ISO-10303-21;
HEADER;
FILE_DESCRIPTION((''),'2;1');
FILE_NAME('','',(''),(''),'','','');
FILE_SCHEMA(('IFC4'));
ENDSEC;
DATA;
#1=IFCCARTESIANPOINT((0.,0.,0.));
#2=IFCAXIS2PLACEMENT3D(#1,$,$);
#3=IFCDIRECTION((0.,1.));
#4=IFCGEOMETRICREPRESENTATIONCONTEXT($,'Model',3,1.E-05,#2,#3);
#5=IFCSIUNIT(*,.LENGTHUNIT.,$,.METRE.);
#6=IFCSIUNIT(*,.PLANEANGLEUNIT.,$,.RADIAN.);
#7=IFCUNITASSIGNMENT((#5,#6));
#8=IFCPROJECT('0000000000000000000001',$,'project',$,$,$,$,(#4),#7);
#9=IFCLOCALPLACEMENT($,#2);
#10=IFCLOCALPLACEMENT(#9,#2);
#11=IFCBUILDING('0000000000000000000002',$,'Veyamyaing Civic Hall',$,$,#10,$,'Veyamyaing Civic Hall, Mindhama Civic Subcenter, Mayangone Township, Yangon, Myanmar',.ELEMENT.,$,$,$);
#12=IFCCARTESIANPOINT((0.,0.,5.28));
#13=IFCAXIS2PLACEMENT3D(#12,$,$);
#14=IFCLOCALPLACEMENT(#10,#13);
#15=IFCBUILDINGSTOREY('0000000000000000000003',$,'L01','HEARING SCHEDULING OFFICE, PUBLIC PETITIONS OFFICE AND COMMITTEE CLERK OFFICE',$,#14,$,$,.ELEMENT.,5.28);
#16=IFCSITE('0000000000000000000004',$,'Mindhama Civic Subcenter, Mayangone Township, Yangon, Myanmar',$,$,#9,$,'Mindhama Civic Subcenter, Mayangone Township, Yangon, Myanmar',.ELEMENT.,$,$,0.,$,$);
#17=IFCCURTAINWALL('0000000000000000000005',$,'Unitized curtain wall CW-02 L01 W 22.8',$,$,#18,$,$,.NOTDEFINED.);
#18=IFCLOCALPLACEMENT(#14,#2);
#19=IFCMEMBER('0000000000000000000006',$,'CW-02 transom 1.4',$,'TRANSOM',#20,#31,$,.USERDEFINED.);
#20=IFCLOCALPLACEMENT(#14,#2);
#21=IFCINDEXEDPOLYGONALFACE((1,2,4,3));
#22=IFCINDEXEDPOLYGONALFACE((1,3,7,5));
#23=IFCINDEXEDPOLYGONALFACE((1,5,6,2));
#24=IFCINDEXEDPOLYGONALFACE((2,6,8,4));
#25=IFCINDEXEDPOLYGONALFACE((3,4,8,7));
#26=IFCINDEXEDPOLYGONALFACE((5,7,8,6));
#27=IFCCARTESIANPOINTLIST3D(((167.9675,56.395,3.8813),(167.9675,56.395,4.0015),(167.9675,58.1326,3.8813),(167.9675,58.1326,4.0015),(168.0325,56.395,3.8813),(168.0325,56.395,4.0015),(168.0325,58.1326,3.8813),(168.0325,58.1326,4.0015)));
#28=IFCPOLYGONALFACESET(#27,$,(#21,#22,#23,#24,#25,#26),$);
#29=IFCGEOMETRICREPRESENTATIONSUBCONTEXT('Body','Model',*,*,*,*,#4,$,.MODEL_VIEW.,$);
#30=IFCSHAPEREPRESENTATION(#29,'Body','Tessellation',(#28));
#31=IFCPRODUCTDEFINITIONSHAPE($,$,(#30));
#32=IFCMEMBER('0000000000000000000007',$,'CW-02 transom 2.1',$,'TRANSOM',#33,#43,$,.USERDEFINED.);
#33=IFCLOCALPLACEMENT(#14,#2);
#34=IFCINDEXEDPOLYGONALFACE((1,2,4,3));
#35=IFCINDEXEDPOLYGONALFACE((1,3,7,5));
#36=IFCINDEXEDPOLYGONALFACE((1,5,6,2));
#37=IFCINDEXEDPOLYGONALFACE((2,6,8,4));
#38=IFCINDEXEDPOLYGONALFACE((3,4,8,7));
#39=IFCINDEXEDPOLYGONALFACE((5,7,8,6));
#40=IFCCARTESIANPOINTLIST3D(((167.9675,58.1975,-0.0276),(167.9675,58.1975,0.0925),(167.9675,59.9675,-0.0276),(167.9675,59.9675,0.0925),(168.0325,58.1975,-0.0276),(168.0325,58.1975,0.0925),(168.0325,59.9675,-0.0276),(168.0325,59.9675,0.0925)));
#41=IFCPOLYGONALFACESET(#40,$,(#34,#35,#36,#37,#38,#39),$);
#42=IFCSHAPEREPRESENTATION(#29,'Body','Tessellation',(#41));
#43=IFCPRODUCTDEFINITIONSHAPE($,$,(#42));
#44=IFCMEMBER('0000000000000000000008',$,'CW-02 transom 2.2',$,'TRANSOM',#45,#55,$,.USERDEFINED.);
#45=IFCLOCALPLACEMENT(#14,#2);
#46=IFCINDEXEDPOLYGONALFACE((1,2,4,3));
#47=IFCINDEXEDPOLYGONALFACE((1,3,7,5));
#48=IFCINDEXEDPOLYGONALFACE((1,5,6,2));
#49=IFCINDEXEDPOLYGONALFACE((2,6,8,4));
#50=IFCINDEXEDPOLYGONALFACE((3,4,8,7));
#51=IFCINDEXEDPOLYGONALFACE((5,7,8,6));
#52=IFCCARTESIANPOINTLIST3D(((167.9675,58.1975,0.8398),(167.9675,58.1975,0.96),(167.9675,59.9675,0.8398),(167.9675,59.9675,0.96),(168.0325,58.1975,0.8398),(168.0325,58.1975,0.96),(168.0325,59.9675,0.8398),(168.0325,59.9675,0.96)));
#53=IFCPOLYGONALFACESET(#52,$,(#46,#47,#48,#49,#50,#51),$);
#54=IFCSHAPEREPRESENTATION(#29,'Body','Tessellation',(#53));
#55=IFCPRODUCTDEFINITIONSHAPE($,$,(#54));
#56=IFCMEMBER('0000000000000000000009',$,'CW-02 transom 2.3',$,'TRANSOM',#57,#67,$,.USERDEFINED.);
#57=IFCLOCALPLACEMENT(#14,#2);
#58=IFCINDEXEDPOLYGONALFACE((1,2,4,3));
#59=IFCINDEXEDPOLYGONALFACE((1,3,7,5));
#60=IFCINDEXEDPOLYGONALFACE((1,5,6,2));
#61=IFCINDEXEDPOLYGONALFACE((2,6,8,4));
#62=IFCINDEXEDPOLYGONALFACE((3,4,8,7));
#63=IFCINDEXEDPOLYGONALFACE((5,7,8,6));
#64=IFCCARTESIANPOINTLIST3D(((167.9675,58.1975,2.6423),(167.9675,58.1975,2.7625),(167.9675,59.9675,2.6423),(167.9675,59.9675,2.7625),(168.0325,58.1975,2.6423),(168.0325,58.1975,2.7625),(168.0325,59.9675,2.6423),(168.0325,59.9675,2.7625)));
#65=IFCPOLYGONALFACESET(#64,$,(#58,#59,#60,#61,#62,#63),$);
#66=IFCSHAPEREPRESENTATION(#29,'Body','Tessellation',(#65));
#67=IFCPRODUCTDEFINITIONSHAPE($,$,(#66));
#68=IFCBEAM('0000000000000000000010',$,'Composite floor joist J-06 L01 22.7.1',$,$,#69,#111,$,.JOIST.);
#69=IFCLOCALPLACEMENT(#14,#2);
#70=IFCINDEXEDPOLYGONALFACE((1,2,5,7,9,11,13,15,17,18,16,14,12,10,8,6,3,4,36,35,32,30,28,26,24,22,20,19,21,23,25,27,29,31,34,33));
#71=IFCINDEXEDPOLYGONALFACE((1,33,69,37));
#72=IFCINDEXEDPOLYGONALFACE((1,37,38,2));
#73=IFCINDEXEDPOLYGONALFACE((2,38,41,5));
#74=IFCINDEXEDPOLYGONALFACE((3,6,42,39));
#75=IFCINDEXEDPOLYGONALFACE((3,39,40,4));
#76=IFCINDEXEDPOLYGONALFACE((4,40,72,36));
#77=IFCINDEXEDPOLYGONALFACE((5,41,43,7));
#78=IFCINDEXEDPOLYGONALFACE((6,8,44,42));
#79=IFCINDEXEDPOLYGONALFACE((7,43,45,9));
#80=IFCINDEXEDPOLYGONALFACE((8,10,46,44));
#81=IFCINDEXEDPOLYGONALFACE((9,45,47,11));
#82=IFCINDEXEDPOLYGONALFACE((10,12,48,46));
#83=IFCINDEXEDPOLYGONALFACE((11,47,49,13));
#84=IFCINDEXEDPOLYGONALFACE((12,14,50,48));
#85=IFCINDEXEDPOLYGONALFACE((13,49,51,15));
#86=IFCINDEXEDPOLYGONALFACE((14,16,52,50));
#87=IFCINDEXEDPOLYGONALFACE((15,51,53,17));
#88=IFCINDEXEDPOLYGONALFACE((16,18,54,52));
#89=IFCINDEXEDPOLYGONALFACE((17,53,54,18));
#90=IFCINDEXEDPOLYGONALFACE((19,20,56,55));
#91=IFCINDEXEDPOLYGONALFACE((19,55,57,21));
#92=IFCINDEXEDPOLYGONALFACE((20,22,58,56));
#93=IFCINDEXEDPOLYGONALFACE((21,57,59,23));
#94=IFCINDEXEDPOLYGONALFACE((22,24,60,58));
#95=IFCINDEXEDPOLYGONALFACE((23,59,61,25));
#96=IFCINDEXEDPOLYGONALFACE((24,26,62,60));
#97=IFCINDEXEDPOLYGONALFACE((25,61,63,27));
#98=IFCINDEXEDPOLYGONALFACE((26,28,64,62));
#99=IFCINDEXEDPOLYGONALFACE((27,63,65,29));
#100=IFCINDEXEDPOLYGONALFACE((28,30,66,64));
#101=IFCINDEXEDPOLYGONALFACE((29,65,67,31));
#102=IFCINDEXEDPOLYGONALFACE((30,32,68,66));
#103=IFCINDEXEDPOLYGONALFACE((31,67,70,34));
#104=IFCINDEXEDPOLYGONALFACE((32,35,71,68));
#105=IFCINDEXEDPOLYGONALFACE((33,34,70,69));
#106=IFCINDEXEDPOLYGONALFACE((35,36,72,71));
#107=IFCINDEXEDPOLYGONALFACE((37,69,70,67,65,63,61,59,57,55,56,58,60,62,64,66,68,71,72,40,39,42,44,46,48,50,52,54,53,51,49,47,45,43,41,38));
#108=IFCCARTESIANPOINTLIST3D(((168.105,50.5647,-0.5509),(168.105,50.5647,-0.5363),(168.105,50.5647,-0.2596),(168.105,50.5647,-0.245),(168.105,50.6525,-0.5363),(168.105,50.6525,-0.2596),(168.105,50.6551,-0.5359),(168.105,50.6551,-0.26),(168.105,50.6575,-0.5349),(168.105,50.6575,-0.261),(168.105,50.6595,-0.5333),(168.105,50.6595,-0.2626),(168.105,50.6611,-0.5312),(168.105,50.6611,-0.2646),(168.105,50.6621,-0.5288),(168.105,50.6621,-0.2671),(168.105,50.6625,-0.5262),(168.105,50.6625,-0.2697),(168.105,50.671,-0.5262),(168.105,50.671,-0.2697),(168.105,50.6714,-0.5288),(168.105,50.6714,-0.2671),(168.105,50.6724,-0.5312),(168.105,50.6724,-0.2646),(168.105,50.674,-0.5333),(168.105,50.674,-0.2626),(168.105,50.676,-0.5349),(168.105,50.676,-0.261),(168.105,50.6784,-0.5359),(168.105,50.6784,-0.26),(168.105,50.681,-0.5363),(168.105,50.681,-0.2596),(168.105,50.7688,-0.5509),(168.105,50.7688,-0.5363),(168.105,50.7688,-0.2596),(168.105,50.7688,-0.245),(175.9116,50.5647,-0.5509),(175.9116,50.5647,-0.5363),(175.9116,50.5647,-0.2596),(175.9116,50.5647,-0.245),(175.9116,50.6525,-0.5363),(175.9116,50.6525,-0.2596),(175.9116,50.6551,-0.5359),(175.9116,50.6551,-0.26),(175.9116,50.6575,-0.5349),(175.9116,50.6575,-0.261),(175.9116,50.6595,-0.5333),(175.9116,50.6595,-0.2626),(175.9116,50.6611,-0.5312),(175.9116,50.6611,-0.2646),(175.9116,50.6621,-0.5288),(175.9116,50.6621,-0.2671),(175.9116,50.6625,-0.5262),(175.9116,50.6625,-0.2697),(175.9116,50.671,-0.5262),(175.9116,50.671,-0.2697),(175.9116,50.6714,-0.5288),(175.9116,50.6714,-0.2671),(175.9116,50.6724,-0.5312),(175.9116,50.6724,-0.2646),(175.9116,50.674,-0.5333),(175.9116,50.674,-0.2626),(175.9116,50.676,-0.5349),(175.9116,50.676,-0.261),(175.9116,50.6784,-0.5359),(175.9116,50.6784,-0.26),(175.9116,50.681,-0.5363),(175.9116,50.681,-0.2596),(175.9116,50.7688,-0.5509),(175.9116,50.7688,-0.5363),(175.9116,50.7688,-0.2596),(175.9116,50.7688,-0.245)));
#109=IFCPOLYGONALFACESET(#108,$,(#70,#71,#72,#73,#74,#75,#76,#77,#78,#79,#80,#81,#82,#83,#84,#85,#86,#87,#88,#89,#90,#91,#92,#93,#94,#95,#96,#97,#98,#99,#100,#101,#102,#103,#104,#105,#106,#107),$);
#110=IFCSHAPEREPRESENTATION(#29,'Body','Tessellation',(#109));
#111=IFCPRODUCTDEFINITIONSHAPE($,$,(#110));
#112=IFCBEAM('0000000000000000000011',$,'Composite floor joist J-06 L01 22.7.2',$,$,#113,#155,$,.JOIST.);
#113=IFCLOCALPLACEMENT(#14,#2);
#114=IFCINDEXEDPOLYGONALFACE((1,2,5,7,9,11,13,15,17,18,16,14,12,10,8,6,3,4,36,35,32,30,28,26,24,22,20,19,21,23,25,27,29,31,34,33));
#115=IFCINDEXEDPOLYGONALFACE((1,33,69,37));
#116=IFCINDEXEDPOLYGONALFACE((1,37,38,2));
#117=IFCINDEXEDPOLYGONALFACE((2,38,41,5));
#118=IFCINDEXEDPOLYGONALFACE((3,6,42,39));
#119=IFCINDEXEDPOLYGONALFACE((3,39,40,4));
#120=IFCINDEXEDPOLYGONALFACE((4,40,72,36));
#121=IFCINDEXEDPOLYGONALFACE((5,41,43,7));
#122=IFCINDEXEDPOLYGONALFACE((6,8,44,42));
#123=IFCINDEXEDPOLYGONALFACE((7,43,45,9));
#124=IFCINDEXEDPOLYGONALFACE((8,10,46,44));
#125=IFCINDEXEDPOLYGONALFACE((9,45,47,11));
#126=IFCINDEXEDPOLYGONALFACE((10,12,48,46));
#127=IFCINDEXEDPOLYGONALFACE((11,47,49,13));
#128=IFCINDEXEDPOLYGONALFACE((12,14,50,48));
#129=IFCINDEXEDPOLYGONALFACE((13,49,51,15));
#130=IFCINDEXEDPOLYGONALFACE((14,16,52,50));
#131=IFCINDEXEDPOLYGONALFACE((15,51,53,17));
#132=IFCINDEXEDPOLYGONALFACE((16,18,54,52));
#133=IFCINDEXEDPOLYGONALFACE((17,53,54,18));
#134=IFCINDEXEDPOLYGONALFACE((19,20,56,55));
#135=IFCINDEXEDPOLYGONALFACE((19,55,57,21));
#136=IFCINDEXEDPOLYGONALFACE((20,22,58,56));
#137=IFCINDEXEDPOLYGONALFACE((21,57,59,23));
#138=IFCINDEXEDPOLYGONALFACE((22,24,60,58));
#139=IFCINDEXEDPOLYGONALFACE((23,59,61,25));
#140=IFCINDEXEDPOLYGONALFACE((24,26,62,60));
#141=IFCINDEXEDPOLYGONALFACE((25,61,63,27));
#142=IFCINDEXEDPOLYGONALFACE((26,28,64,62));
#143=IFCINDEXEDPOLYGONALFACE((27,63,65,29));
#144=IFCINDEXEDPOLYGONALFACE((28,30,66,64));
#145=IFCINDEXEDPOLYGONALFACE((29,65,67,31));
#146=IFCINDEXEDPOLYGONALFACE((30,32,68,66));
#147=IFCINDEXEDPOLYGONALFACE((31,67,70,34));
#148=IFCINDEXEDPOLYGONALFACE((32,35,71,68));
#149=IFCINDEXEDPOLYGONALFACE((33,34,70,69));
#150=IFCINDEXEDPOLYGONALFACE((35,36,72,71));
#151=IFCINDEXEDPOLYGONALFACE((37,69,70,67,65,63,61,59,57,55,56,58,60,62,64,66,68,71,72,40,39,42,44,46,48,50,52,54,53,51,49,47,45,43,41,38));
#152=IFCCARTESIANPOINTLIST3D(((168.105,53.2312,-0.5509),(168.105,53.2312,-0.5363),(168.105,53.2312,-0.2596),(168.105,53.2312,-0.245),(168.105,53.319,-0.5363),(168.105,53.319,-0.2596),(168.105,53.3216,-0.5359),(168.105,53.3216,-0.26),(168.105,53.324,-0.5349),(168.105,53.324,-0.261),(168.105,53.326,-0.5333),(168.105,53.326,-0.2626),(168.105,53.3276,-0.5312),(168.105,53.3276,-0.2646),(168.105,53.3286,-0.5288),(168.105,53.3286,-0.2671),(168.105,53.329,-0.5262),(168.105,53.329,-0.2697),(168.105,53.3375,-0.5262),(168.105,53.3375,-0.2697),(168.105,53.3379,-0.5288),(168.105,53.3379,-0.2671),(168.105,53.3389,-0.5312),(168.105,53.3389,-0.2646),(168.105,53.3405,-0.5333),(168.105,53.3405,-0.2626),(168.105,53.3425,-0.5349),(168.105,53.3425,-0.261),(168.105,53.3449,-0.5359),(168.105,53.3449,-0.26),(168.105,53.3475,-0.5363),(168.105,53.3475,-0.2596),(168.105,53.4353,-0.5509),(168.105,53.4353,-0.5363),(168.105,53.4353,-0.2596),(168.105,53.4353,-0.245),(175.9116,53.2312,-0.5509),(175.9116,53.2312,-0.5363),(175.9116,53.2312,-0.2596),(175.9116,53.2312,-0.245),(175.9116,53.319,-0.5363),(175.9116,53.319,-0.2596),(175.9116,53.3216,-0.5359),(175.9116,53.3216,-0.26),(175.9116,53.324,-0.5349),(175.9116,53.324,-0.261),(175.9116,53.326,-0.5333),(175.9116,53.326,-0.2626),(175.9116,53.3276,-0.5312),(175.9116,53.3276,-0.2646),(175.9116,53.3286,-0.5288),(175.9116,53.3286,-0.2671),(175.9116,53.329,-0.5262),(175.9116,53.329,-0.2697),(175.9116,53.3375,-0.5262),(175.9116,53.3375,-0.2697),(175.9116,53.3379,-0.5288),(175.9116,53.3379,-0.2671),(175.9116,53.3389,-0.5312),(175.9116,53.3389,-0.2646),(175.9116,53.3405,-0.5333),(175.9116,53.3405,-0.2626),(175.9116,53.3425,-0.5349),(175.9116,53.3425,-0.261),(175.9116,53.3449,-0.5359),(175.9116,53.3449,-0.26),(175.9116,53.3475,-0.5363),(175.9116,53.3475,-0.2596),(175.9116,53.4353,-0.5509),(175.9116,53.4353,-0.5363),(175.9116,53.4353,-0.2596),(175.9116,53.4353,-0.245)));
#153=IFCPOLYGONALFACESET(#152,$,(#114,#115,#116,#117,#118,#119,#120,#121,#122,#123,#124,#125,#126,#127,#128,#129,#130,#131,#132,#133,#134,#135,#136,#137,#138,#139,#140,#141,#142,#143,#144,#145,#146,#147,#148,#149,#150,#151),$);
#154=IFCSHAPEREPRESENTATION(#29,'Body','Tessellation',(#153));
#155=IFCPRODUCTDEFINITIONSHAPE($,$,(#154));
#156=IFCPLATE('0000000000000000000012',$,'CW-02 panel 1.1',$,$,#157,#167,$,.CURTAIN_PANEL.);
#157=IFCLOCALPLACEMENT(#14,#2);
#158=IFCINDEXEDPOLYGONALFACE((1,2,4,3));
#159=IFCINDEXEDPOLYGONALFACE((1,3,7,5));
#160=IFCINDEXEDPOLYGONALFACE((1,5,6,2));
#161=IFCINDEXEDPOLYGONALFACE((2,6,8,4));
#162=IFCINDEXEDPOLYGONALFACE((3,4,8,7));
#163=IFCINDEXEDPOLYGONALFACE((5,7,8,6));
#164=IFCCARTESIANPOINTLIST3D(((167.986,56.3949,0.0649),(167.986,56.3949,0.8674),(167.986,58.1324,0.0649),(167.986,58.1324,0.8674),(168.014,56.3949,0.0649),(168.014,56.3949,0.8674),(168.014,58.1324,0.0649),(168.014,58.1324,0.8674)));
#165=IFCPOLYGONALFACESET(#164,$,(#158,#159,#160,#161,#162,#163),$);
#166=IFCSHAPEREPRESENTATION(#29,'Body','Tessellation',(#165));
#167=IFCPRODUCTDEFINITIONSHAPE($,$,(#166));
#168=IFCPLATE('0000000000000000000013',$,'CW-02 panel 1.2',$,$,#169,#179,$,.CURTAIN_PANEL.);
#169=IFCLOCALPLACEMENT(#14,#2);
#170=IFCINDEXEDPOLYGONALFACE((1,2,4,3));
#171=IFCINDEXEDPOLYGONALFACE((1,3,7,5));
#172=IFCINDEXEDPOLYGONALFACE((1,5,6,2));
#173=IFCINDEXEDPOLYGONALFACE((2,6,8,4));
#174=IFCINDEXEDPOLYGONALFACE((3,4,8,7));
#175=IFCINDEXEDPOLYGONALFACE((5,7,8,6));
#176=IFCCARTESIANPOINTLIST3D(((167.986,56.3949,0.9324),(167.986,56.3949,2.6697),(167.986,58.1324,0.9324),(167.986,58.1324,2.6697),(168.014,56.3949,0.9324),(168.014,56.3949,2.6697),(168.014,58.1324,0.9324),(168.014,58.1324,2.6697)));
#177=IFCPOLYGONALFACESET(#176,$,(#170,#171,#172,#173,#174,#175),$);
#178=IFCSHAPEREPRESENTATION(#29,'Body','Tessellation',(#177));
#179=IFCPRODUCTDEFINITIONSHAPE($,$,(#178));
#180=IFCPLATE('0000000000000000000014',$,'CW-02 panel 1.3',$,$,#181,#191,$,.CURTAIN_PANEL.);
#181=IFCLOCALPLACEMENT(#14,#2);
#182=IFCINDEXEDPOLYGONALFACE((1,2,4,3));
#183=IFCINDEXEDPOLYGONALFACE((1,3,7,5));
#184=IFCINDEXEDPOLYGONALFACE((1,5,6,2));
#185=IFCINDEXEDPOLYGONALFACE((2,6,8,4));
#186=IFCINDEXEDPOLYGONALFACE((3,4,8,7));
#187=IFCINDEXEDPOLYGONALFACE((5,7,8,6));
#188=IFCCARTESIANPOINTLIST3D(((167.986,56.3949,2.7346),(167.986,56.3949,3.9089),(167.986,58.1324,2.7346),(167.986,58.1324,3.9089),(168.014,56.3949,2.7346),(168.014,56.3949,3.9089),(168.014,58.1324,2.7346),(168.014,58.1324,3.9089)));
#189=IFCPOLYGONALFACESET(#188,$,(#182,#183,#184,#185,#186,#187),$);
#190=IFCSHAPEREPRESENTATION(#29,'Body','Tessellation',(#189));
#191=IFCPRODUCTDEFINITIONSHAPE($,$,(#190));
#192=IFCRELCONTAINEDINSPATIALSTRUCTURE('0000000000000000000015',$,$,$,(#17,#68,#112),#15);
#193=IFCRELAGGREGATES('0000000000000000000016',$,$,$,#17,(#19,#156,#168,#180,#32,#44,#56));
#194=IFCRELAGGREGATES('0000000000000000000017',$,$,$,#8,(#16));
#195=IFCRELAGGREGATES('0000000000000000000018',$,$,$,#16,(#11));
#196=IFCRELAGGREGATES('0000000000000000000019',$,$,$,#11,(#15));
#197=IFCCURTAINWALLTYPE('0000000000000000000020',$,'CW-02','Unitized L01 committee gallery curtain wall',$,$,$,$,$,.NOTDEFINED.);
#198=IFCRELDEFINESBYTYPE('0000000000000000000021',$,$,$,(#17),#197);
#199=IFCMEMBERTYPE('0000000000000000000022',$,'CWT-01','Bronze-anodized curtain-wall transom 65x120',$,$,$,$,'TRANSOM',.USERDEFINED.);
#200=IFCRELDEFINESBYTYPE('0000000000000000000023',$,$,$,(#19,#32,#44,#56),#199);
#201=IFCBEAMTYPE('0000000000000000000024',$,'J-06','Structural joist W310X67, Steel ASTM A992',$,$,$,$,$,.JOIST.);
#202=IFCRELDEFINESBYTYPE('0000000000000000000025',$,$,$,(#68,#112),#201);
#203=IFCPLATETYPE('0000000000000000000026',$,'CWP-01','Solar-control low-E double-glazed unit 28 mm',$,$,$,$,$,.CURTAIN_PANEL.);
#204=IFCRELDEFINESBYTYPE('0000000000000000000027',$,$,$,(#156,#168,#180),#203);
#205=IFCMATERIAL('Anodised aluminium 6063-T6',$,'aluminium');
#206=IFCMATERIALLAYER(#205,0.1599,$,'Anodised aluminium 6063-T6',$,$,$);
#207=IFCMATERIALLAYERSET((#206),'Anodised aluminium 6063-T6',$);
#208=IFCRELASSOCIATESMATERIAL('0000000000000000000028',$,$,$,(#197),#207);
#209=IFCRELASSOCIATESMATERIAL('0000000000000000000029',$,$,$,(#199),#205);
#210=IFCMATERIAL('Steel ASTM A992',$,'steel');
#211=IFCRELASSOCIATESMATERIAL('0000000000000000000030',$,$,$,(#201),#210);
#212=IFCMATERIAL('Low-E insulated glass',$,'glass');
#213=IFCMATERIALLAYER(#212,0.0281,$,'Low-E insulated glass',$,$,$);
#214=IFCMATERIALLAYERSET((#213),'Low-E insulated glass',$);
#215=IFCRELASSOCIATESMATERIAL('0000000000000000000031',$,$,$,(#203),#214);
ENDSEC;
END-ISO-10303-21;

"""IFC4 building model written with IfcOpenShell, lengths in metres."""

from ifc_helpers import new_model, si_unit, direction, frame, origin, origin_2d, place, context, subcontext, project, spatial, rectangle, i_section, extrude, material, layer, layer_set, material_profile, profile_set, type_object, element, aggregate, save


model = new_model("IFC4")

# Units and contexts
model_context = context("Model", 3, precision=1e-05, world=origin(), true_north=direction((0.0, 1.0)))
body_context = subcontext(model_context, "Body", "Model", "MODEL_VIEW")
ifc_project = project(units=[si_unit("LENGTHUNIT", "METRE"), si_unit("PLANEANGLEUNIT", "RADIAN")], contexts=[model_context])

# Site, building, storey
site_placement = place(None, origin())
site = spatial("IfcSite", under=ifc_project, at=site_placement, Name="Mindhama Civic Subcenter, Mayangone Township, Yangon, Myanmar", LongName="Mindhama Civic Subcenter, Mayangone Township, Yangon, Myanmar", CompositionType="ELEMENT", RefElevation=0.0)
building_placement = place(site_placement, origin())
building = spatial("IfcBuilding", under=site, at=building_placement, Name="Veyamyaing Civic Hall", LongName="Veyamyaing Civic Hall, Mindhama Civic Subcenter, Mayangone Township, Yangon, Myanmar", CompositionType="ELEMENT")
storey_placement = place(building_placement, frame((0.0, 0.0, 5.28)))
storey = spatial("IfcBuildingStorey", under=building, at=storey_placement, Name="L01", Description="HEARING SCHEDULING OFFICE, PUBLIC PETITIONS OFFICE AND COMMITTEE CLERK OFFICE", CompositionType="ELEMENT", Elevation=5.28)

# Shared definitions
ifc_material_1 = material(Name="Steel ASTM A992", Category="steel")

# Curtain wall, members
ifc_material_2 = material(Name="Anodised aluminium 6063-T6", Category="aluminium")
ifc_layer_1 = layer(ifc_material_2, 0.1599, Name="Anodised aluminium 6063-T6")
ifc_layer_set_1 = layer_set([ifc_layer_1], Name="Anodised aluminium 6063-T6")
curtain_wall_type = type_object("IfcCurtainWallType", Name="CW-02", Description="Unitized L01 committee gallery curtain wall", PredefinedType="NOTDEFINED", material=ifc_layer_set_1)
curtain_wall_placement = place(storey_placement, origin())
curtain_wall = element("IfcCurtainWall", 1, at=curtain_wall_placement, inside=storey, type_object=curtain_wall_type, Name="Unitized curtain wall CW-02 L01 W 22.8", PredefinedType="NOTDEFINED")
ifc_material_profile_1 = material_profile(ifc_material_2, rectangle(XDim=0.0649, YDim=0.1201, at=origin_2d()), Name="ALU-TRN-65X120")
ifc_profile_set_1 = profile_set([ifc_material_profile_1], Name="Anodised aluminium 6063-T6")
member_type_1 = type_object("IfcMemberType", Name="CWT-01", Description="Bronze-anodized curtain-wall transom 65x120", ElementType="TRANSOM", PredefinedType="USERDEFINED", material=ifc_profile_set_1)
member_1_placement = place(storey_placement, frame((168.0, 56.395, 3.9414), z_axis=(0.0, 1.0, 0.0), x_axis=(-1.0, 0.0, 0.0)))
member_1 = element("IfcMember", 2, at=member_1_placement, type_object=member_type_1, Name="CW-02 transom 1.4", ObjectType="TRANSOM", PredefinedType="USERDEFINED", context=body_context, shape_type="SweptSolid", body=[
    extrude(rectangle(XDim=0.0649, YDim=0.1201, at=origin_2d()), origin(), (0.0, 0.0, 1.0), 1.7375),
])
member_2_placement = place(storey_placement, frame((168.0, 58.1975, 0.0325), z_axis=(0.0, 1.0, 0.0), x_axis=(-1.0, 0.0, 0.0)))
member_2 = element("IfcMember", 3, at=member_2_placement, type_object=member_type_1, Name="CW-02 transom 2.1", ObjectType="TRANSOM", PredefinedType="USERDEFINED", context=body_context, shape_type="SweptSolid", body=[
    extrude(rectangle(XDim=0.0649, YDim=0.1201, at=origin_2d()), origin(), (0.0, 0.0, 1.0), 1.77),
])
member_3_placement = place(storey_placement, frame((168.0, 58.1975, 0.8999), z_axis=(0.0, 1.0, 0.0), x_axis=(-1.0, 0.0, 0.0)))
member_3 = element("IfcMember", 4, at=member_3_placement, type_object=member_type_1, Name="CW-02 transom 2.2", ObjectType="TRANSOM", PredefinedType="USERDEFINED", context=body_context, shape_type="SweptSolid", body=[
    extrude(rectangle(XDim=0.0649, YDim=0.1201, at=origin_2d()), origin(), (0.0, 0.0, 1.0), 1.77),
])
member_4_placement = place(storey_placement, frame((168.0, 58.1975, 2.7024), z_axis=(0.0, 1.0, 0.0), x_axis=(-1.0, 0.0, 0.0)))
member_4 = element("IfcMember", 5, at=member_4_placement, type_object=member_type_1, Name="CW-02 transom 2.3", ObjectType="TRANSOM", PredefinedType="USERDEFINED", context=body_context, shape_type="SweptSolid", body=[
    extrude(rectangle(XDim=0.0649, YDim=0.1201, at=origin_2d()), origin(), (0.0, 0.0, 1.0), 1.77),
])

# Beams
ifc_material_profile_2 = material_profile(ifc_material_1, i_section(OverallWidth=0.2041, OverallDepth=0.3059, WebThickness=0.0085, FlangeThickness=0.0146, FilletRadius=0.01, at=origin_2d()), Name="W310X67")
ifc_profile_set_2 = profile_set([ifc_material_profile_2], Name="Steel ASTM A992")
beam_type_1 = type_object("IfcBeamType", Name="J-06", Description="Structural joist W310X67, Steel ASTM A992", PredefinedType="JOIST", material=ifc_profile_set_2)
for number, where, z_axis, x_axis, name in (
    (6, (168.105, 50.6667, -0.3979), (1.0, 0.0, 0.0), (0.0, 1.0, 0.0), "Composite floor joist J-06 L01 22.7.1"),
    (7, (168.105, 53.3333, -0.3979), (1.0, 0.0, 0.0), (0.0, 1.0, 0.0), "Composite floor joist J-06 L01 22.7.2"),
):
    element("IfcBeam", number, at=place(storey_placement, frame(where, z_axis=z_axis, x_axis=x_axis)), inside=storey, type_object=beam_type_1, Name=name, PredefinedType="JOIST", context=body_context, shape_type="SweptSolid", body=[
        extrude(i_section(OverallWidth=0.2041, OverallDepth=0.3059, WebThickness=0.0085, FlangeThickness=0.0146, FilletRadius=0.01, at=origin_2d()), origin(), (0.0, 0.0, 1.0), 7.8066),
    ])

# Plates
ifc_material_3 = material(Name="Low-E insulated glass", Category="glass")
ifc_layer_2 = layer(ifc_material_3, 0.0281, Name="Low-E insulated glass")
ifc_layer_set_2 = layer_set([ifc_layer_2], Name="Low-E insulated glass")
plate_type = type_object("IfcPlateType", Name="CWP-01", Description="Solar-control low-E double-glazed unit 28 mm", PredefinedType="CURTAIN_PANEL", material=ifc_layer_set_2)
plate_1_placement = place(storey_placement, frame((168.0, 57.2637, 0.0649), z_axis=(0.0, 0.0, 1.0), x_axis=(0.0, 1.0, 0.0)))
plate_1 = element("IfcPlate", 8, at=plate_1_placement, type_object=plate_type, Name="CW-02 panel 1.1", PredefinedType="CURTAIN_PANEL", context=body_context, shape_type="SweptSolid", body=[
    extrude(rectangle(XDim=1.7375, YDim=0.0281, at=origin_2d()), origin(), (0.0, 0.0, 1.0), 0.8025),
])
plate_2_placement = place(storey_placement, frame((168.0, 57.2637, 0.9324), z_axis=(0.0, 0.0, 1.0), x_axis=(0.0, 1.0, 0.0)))
plate_2 = element("IfcPlate", 9, at=plate_2_placement, type_object=plate_type, Name="CW-02 panel 1.2", PredefinedType="CURTAIN_PANEL", context=body_context, shape_type="SweptSolid", body=[
    extrude(rectangle(XDim=1.7375, YDim=0.0281, at=origin_2d()), origin(), (0.0, 0.0, 1.0), 1.7373),
])
plate_3_placement = place(storey_placement, frame((168.0, 57.2637, 2.7346), z_axis=(0.0, 0.0, 1.0), x_axis=(0.0, 1.0, 0.0)))
plate_3 = element("IfcPlate", 10, at=plate_3_placement, type_object=plate_type, Name="CW-02 panel 1.3", PredefinedType="CURTAIN_PANEL", context=body_context, shape_type="SweptSolid", body=[
    extrude(rectangle(XDim=1.7375, YDim=0.0281, at=origin_2d()), origin(), (0.0, 0.0, 1.0), 1.1743),
])
aggregate(curtain_wall, [member_1, plate_1, plate_2, plate_3, member_2, member_3, member_4])

save(model, "model.ifc")
